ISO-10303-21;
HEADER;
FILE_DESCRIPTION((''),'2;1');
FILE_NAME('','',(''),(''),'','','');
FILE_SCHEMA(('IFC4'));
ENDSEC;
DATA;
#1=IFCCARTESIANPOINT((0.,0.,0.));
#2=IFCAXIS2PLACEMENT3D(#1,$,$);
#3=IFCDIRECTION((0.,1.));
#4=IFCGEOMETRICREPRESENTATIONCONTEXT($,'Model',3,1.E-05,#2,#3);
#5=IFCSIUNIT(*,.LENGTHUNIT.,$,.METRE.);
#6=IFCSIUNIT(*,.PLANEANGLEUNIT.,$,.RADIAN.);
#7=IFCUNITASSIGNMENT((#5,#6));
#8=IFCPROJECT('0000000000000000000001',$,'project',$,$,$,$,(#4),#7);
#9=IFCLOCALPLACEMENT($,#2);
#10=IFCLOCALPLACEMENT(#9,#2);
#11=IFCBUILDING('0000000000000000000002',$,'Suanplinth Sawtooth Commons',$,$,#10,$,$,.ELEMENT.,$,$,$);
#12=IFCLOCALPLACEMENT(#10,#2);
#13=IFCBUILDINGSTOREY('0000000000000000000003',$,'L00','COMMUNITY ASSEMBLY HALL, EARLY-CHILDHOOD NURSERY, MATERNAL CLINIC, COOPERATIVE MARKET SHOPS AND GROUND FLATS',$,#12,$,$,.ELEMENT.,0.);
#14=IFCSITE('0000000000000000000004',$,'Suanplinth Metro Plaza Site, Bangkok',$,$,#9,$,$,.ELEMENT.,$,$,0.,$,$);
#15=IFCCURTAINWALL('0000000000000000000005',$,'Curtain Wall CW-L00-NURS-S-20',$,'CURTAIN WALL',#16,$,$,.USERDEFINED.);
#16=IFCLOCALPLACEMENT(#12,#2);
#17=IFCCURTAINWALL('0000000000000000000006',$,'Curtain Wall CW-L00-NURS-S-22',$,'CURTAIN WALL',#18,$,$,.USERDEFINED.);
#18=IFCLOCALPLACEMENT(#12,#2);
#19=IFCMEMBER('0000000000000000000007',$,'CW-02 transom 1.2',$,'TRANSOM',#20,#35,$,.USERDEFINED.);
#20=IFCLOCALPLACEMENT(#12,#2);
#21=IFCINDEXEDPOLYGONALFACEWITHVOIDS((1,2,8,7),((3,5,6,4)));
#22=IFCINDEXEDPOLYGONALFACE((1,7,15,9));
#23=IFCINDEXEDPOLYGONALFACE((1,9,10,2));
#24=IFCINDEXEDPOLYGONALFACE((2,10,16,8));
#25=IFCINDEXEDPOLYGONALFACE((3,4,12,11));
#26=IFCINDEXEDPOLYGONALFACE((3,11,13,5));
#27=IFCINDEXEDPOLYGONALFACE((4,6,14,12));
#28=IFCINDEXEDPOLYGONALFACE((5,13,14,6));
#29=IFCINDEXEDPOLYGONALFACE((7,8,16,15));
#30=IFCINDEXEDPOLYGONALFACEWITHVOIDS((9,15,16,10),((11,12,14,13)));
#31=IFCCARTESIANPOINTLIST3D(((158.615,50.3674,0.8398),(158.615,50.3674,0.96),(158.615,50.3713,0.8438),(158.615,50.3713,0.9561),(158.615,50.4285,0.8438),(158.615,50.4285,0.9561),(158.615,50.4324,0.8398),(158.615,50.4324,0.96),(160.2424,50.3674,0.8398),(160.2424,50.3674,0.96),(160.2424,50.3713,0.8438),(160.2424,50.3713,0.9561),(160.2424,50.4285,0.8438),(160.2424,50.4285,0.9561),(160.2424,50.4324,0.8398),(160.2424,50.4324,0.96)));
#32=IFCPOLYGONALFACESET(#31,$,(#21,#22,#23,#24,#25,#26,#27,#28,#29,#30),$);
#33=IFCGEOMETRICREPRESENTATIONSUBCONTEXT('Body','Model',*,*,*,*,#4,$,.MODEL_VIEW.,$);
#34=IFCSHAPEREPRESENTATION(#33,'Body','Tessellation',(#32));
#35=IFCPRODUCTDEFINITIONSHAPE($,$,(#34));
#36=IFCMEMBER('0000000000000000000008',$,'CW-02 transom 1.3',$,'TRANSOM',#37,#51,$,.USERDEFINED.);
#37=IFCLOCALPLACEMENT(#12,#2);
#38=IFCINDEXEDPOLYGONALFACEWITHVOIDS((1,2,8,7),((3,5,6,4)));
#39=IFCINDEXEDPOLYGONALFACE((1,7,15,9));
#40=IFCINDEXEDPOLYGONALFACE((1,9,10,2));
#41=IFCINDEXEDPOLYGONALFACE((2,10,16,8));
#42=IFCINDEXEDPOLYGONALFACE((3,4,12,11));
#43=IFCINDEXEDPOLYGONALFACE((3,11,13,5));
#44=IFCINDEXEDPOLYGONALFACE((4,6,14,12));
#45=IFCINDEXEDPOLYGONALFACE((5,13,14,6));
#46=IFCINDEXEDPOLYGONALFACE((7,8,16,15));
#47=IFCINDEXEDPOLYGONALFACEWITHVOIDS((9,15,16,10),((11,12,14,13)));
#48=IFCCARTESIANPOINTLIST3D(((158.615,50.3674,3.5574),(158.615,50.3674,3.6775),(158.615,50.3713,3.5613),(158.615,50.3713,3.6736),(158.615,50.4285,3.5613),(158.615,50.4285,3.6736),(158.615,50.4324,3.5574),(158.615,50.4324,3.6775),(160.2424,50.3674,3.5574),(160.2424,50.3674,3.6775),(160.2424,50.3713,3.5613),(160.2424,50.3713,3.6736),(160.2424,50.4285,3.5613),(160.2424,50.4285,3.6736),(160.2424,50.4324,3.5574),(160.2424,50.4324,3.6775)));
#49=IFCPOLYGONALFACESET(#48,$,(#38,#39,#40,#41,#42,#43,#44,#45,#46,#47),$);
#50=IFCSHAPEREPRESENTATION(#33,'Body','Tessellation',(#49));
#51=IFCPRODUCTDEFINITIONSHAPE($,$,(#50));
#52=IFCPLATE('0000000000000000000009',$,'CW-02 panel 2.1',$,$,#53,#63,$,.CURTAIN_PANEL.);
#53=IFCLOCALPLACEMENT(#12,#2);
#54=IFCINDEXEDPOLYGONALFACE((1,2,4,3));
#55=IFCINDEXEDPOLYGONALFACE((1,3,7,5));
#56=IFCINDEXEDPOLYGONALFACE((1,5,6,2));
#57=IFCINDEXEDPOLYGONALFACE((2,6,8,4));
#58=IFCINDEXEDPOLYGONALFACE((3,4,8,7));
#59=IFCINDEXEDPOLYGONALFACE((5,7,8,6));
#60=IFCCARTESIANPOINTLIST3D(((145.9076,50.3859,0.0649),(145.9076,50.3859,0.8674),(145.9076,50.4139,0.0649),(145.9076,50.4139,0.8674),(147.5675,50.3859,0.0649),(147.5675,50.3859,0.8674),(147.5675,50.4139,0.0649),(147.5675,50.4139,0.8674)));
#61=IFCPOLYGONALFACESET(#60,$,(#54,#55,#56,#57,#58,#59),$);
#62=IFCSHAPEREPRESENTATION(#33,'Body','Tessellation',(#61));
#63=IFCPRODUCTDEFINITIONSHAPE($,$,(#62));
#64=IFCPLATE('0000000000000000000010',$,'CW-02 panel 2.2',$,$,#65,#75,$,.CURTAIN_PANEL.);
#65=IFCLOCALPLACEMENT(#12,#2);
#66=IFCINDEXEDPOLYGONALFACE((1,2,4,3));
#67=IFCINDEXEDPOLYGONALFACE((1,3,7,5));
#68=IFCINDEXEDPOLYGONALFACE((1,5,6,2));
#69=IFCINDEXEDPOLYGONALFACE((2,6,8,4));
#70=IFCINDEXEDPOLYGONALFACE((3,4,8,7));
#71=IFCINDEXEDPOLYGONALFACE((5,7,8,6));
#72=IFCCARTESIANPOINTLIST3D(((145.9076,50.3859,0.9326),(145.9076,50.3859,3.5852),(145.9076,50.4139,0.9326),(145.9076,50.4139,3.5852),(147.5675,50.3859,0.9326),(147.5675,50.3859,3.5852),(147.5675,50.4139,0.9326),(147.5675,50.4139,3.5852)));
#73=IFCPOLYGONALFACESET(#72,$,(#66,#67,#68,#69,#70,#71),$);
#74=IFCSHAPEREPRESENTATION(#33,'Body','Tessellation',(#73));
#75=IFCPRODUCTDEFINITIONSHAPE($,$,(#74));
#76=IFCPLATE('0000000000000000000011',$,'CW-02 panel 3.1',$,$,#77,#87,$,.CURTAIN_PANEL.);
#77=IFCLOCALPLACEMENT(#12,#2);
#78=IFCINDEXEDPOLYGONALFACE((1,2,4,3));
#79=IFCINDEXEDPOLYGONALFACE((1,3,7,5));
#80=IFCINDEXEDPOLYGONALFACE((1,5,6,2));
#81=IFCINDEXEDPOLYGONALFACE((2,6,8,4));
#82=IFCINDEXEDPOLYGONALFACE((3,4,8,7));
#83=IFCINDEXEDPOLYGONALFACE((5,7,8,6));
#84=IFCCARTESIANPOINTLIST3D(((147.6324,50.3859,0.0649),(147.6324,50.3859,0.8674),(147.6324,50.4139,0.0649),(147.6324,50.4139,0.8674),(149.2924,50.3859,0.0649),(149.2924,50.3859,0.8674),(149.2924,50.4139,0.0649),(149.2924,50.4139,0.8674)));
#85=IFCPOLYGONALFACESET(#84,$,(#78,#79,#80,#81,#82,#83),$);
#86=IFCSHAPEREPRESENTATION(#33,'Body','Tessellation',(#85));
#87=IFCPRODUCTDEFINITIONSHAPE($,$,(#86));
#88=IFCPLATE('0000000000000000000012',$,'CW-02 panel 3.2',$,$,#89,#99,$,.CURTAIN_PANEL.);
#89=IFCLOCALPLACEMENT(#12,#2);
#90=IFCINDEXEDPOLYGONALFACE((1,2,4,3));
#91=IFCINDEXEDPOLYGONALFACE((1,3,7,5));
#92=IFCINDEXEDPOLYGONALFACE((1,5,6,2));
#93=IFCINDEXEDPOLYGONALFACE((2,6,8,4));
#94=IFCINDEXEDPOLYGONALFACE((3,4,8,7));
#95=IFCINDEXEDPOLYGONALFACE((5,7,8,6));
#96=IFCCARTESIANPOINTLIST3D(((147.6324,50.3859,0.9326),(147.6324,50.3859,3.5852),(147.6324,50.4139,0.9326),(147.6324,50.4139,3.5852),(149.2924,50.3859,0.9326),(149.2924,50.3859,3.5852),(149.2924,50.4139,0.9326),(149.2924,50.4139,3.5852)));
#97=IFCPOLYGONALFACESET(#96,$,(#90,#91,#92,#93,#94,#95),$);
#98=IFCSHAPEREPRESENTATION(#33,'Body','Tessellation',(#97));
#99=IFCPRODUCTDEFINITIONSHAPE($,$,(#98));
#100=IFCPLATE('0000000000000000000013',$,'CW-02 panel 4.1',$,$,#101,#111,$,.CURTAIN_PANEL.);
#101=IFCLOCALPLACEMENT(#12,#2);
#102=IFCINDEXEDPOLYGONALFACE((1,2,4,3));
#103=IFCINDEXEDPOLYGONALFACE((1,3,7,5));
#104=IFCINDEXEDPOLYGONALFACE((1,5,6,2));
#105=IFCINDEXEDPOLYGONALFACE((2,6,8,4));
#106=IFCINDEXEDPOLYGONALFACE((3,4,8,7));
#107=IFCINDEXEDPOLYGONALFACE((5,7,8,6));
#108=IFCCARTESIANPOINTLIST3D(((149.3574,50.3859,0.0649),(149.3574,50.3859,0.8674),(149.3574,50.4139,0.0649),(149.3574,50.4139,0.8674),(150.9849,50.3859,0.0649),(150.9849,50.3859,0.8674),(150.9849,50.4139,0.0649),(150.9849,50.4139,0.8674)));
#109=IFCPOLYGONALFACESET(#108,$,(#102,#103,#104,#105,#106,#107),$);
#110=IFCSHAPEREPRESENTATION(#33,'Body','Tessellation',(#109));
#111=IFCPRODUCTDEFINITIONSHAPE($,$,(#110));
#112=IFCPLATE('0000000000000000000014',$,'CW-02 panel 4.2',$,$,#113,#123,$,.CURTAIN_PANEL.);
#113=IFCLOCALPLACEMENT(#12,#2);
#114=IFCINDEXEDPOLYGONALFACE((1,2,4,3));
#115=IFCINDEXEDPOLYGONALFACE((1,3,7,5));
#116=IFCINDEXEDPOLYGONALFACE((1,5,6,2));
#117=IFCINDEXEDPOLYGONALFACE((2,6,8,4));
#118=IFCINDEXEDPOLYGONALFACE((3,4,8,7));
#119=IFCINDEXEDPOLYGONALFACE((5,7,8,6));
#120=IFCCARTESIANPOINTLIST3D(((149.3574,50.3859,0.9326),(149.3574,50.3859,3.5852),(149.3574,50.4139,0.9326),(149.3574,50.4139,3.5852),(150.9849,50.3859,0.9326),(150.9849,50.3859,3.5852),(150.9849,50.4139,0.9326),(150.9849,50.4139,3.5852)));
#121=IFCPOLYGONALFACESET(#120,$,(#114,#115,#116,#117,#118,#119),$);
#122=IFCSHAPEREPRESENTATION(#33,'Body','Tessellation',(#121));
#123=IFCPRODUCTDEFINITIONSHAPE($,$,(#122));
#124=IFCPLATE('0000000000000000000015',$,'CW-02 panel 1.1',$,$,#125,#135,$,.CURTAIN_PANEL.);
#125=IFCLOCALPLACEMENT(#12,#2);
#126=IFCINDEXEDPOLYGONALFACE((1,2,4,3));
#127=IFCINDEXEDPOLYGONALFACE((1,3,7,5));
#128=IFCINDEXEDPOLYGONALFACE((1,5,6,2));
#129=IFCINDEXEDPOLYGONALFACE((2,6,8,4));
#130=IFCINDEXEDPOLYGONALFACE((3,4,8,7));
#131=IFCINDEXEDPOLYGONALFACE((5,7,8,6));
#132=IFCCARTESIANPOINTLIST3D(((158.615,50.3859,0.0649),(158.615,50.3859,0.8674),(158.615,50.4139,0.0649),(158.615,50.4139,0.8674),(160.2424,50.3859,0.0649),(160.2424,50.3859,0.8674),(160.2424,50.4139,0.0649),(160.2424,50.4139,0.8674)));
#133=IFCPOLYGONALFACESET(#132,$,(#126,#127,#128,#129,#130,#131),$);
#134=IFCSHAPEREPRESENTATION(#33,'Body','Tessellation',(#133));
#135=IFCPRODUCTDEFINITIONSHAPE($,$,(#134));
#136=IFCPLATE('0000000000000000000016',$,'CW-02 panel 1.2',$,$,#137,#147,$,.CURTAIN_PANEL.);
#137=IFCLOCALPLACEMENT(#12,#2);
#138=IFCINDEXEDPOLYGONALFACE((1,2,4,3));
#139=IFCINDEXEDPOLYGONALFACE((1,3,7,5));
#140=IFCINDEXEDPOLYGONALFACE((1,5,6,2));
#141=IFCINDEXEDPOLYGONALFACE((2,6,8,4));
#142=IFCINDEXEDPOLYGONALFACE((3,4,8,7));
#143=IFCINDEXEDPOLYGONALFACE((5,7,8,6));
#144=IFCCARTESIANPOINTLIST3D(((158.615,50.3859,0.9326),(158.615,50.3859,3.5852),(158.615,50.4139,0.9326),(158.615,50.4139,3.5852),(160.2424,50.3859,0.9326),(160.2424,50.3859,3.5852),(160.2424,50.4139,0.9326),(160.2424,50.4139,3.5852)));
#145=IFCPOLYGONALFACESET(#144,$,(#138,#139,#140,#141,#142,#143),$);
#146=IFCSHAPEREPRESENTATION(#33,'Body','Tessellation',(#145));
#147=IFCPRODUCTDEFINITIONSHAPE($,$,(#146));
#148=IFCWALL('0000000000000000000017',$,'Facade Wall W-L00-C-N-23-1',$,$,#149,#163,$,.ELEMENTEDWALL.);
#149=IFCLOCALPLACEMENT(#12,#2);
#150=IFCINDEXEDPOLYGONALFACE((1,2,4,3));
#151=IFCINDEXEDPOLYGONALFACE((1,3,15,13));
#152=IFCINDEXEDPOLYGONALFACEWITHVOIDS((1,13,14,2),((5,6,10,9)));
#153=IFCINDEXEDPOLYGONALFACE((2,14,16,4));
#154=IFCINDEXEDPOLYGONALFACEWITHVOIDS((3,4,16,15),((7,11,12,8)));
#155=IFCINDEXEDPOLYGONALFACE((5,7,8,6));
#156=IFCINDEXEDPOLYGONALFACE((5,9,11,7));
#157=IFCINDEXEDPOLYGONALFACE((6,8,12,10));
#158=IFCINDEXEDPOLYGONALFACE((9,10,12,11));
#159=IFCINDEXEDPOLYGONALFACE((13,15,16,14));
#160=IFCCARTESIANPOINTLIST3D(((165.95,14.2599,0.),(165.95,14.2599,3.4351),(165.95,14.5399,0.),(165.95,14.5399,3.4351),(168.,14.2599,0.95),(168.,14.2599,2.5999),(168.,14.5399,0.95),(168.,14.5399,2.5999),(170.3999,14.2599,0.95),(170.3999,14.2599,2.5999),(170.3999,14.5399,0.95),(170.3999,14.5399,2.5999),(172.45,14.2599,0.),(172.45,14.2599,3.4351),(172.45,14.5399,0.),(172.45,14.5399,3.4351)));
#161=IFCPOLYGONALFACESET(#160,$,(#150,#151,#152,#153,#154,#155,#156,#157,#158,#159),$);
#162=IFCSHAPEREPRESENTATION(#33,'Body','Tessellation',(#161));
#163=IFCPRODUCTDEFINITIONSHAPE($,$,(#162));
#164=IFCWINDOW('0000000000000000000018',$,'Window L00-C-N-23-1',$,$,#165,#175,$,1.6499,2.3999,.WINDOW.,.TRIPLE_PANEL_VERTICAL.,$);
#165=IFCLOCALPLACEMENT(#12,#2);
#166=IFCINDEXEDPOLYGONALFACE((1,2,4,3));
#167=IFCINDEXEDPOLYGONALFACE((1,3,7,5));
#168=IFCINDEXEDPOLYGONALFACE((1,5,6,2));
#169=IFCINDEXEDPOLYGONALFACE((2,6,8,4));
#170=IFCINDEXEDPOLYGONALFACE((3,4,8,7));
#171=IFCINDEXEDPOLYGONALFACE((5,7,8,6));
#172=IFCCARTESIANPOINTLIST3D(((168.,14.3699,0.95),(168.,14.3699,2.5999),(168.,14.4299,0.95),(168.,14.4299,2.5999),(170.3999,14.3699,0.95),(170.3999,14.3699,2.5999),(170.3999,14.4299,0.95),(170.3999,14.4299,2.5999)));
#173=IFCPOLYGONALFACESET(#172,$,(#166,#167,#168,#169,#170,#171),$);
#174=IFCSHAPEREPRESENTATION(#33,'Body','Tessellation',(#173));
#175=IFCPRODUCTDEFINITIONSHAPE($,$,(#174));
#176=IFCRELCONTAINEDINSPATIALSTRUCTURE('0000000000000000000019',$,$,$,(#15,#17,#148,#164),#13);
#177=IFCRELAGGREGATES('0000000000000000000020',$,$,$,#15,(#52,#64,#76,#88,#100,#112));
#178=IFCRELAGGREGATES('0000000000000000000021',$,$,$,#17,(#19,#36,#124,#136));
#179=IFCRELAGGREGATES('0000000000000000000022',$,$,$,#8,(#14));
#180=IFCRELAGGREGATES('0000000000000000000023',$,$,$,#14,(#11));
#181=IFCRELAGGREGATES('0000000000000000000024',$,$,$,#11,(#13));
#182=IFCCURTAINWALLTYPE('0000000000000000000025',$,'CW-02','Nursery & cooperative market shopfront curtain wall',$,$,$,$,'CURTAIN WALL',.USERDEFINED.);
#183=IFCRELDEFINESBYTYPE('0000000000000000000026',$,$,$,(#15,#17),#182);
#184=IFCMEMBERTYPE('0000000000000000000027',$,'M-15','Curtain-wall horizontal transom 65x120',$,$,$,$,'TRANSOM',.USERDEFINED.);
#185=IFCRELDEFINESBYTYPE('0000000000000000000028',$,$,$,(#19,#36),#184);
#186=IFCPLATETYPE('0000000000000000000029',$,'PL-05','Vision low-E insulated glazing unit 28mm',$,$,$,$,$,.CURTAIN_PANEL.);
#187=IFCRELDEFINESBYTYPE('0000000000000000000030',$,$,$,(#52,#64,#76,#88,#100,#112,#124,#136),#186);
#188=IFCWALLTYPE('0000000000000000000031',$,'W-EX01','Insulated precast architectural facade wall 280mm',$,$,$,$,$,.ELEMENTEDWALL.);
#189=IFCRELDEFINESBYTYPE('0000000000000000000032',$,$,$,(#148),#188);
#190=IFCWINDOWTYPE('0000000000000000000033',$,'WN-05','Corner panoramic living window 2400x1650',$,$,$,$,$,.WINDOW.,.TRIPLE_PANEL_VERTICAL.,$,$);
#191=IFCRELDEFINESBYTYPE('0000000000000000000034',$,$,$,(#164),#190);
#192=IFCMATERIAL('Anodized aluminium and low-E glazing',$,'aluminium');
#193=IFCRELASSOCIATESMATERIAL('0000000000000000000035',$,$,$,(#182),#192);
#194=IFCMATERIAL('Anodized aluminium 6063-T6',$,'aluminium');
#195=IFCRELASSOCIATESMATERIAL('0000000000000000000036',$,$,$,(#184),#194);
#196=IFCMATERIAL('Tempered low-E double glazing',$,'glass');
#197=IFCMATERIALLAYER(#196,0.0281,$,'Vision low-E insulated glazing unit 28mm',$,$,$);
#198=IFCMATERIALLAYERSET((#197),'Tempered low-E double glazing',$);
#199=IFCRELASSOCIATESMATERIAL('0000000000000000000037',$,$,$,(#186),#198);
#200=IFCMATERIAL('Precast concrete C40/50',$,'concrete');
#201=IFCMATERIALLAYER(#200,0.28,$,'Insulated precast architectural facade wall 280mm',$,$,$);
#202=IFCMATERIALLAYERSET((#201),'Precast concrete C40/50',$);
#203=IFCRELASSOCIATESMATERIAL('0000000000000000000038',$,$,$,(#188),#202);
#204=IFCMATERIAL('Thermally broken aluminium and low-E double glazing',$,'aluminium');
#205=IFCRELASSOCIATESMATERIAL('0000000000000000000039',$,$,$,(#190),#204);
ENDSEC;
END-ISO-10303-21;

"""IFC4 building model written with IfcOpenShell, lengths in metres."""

from ifc_helpers import new_model, si_unit, direction, frame, frame_2d, origin, origin_2d, place, context, subcontext, project, spatial, rectangle, hollow_rectangle, extrude, material, layer, layer_set, material_profile, profile_set, type_object, element, fill, aggregate, save


model = new_model("IFC4")

# Units and contexts
model_context = context("Model", 3, precision=1e-05, world=origin(), true_north=direction((0.0, 1.0)))
body_context = subcontext(model_context, "Body", "Model", "MODEL_VIEW")
ifc_project = project(units=[si_unit("LENGTHUNIT", "METRE"), si_unit("PLANEANGLEUNIT", "RADIAN")], contexts=[model_context])

# Site, building, storey
site_placement = place(None, origin())
site = spatial("IfcSite", under=ifc_project, at=site_placement, Name="Suanplinth Metro Plaza Site, Bangkok", CompositionType="ELEMENT", RefElevation=0.0)
building_placement = place(site_placement, origin())
building = spatial("IfcBuilding", under=site, at=building_placement, Name="Suanplinth Sawtooth Commons", CompositionType="ELEMENT")
storey_placement = place(building_placement, origin())
storey = spatial("IfcBuildingStorey", under=building, at=storey_placement, Name="L00", Description="COMMUNITY ASSEMBLY HALL, EARLY-CHILDHOOD NURSERY, MATERNAL CLINIC, COOPERATIVE MARKET SHOPS AND GROUND FLATS", CompositionType="ELEMENT", Elevation=0.0)

# Shared definitions
ifc_material_1 = material(Name="Precast concrete C40/50", Category="concrete")

# Curtain wall
ifc_material_2 = material(Name="Anodized aluminium and low-E glazing", Category="aluminium")
curtain_wall_type = type_object("IfcCurtainWallType", Name="CW-02", Description="Nursery & cooperative market shopfront curtain wall", ElementType="CURTAIN WALL", PredefinedType="USERDEFINED", material=ifc_material_2)
curtain_wall_1_placement = place(storey_placement, origin())
curtain_wall_1 = element("IfcCurtainWall", 1, at=curtain_wall_1_placement, inside=storey, type_object=curtain_wall_type, Name="Curtain Wall CW-L00-NURS-S-20", ObjectType="CURTAIN WALL", PredefinedType="USERDEFINED")
ifc_material_3 = material(Name="Anodized aluminium 6063-T6", Category="aluminium")

# Curtain wall
curtain_wall_2_placement = place(storey_placement, origin())
curtain_wall_2 = element("IfcCurtainWall", 2, at=curtain_wall_2_placement, inside=storey, type_object=curtain_wall_type, Name="Curtain Wall CW-L00-NURS-S-22", ObjectType="CURTAIN WALL", PredefinedType="USERDEFINED")

# Members
ifc_material_profile_1 = material_profile(ifc_material_3, hollow_rectangle(XDim=0.0649, YDim=0.1201, WallThickness=0.0039, at=origin_2d()), Name="ALU-TRN 65x120")
ifc_profile_set_1 = profile_set([ifc_material_profile_1], Name="Anodized aluminium 6063-T6")
member_type_1 = type_object("IfcMemberType", Name="M-15", Description="Curtain-wall horizontal transom 65x120", ElementType="TRANSOM", PredefinedType="USERDEFINED", material=ifc_profile_set_1)
member_1_placement = place(storey_placement, frame((158.615, 50.3999, 0.8999), z_axis=(1.0, 0.0, 0.0), x_axis=(0.0, 1.0, 0.0)))
member_1 = element("IfcMember", 3, at=member_1_placement, type_object=member_type_1, Name="CW-02 transom 1.2", ObjectType="TRANSOM", PredefinedType="USERDEFINED", context=body_context, shape_type="SweptSolid", body=[
    extrude(hollow_rectangle(XDim=0.0649, YDim=0.1201, WallThickness=0.0039, at=origin_2d()), origin(), (0.0, 0.0, 1.0), 1.6274),
])
member_2_placement = place(storey_placement, frame((158.615, 50.3999, 3.6174), z_axis=(1.0, 0.0, 0.0), x_axis=(0.0, 1.0, 0.0)))
member_2 = element("IfcMember", 4, at=member_2_placement, type_object=member_type_1, Name="CW-02 transom 1.3", ObjectType="TRANSOM", PredefinedType="USERDEFINED", context=body_context, shape_type="SweptSolid", body=[
    extrude(hollow_rectangle(XDim=0.0649, YDim=0.1201, WallThickness=0.0039, at=origin_2d()), origin(), (0.0, 0.0, 1.0), 1.6274),
])

# Plates
ifc_material_4 = material(Name="Tempered low-E double glazing", Category="glass")
ifc_layer_1 = layer(ifc_material_4, 0.0281, Name="Vision low-E insulated glazing unit 28mm")
ifc_layer_set_1 = layer_set([ifc_layer_1], Name="Tempered low-E double glazing")
plate_type = type_object("IfcPlateType", Name="PL-05", Description="Vision low-E insulated glazing unit 28mm", PredefinedType="CURTAIN_PANEL", material=ifc_layer_set_1)
plate_1_placement = place(storey_placement, frame((146.7375, 50.3999, 0.0649), z_axis=(0.0, 0.0, 1.0), x_axis=(1.0, 0.0, 0.0)))
plate_1 = element("IfcPlate", 5, at=plate_1_placement, type_object=plate_type, Name="CW-02 panel 2.1", PredefinedType="CURTAIN_PANEL", context=body_context, shape_type="SweptSolid", body=[
    extrude(rectangle(XDim=1.6599, YDim=0.0281, at=origin_2d()), origin(), (0.0, 0.0, 1.0), 0.8025),
])
plate_2_placement = place(storey_placement, frame((146.7375, 50.3999, 0.9326), z_axis=(0.0, 0.0, 1.0), x_axis=(1.0, 0.0, 0.0)))
plate_2 = element("IfcPlate", 6, at=plate_2_placement, type_object=plate_type, Name="CW-02 panel 2.2", PredefinedType="CURTAIN_PANEL", context=body_context, shape_type="SweptSolid", body=[
    extrude(rectangle(XDim=1.6599, YDim=0.0281, at=origin_2d()), origin(), (0.0, 0.0, 1.0), 2.6526),
])
plate_3_placement = place(storey_placement, frame((148.4624, 50.3999, 0.0649), z_axis=(0.0, 0.0, 1.0), x_axis=(1.0, 0.0, 0.0)))
plate_3 = element("IfcPlate", 7, at=plate_3_placement, type_object=plate_type, Name="CW-02 panel 3.1", PredefinedType="CURTAIN_PANEL", context=body_context, shape_type="SweptSolid", body=[
    extrude(rectangle(XDim=1.6599, YDim=0.0281, at=origin_2d()), origin(), (0.0, 0.0, 1.0), 0.8025),
])
plate_4_placement = place(storey_placement, frame((148.4624, 50.3999, 0.9326), z_axis=(0.0, 0.0, 1.0), x_axis=(1.0, 0.0, 0.0)))
plate_4 = element("IfcPlate", 8, at=plate_4_placement, type_object=plate_type, Name="CW-02 panel 3.2", PredefinedType="CURTAIN_PANEL", context=body_context, shape_type="SweptSolid", body=[
    extrude(rectangle(XDim=1.6599, YDim=0.0281, at=origin_2d()), origin(), (0.0, 0.0, 1.0), 2.6526),
])
plate_5_placement = place(storey_placement, frame((150.1711, 50.3999, 0.0649), z_axis=(0.0, 0.0, 1.0), x_axis=(1.0, 0.0, 0.0)))
plate_5 = element("IfcPlate", 9, at=plate_5_placement, type_object=plate_type, Name="CW-02 panel 4.1", PredefinedType="CURTAIN_PANEL", context=body_context, shape_type="SweptSolid", body=[
    extrude(rectangle(XDim=1.6274, YDim=0.0281, at=origin_2d()), origin(), (0.0, 0.0, 1.0), 0.8025),
])
plate_6_placement = place(storey_placement, frame((150.1711, 50.3999, 0.9326), z_axis=(0.0, 0.0, 1.0), x_axis=(1.0, 0.0, 0.0)))
plate_6 = element("IfcPlate", 10, at=plate_6_placement, type_object=plate_type, Name="CW-02 panel 4.2", PredefinedType="CURTAIN_PANEL", context=body_context, shape_type="SweptSolid", body=[
    extrude(rectangle(XDim=1.6274, YDim=0.0281, at=origin_2d()), origin(), (0.0, 0.0, 1.0), 2.6526),
])
aggregate(curtain_wall_1, [plate_1, plate_2, plate_3, plate_4, plate_5, plate_6])
plate_7_placement = place(storey_placement, frame((159.4287, 50.3999, 0.0649), z_axis=(0.0, 0.0, 1.0), x_axis=(1.0, 0.0, 0.0)))
plate_7 = element("IfcPlate", 11, at=plate_7_placement, type_object=plate_type, Name="CW-02 panel 1.1", PredefinedType="CURTAIN_PANEL", context=body_context, shape_type="SweptSolid", body=[
    extrude(rectangle(XDim=1.6274, YDim=0.0281, at=origin_2d()), origin(), (0.0, 0.0, 1.0), 0.8025),
])
plate_8_placement = place(storey_placement, frame((159.4287, 50.3999, 0.9326), z_axis=(0.0, 0.0, 1.0), x_axis=(1.0, 0.0, 0.0)))
plate_8 = element("IfcPlate", 12, at=plate_8_placement, type_object=plate_type, Name="CW-02 panel 1.2", PredefinedType="CURTAIN_PANEL", context=body_context, shape_type="SweptSolid", body=[
    extrude(rectangle(XDim=1.6274, YDim=0.0281, at=origin_2d()), origin(), (0.0, 0.0, 1.0), 2.6526),
])
aggregate(curtain_wall_2, [member_1, member_2, plate_7, plate_8])

# Wall, opening, window
ifc_layer_2 = layer(ifc_material_1, 0.28, Name="Insulated precast architectural facade wall 280mm")
ifc_layer_set_2 = layer_set([ifc_layer_2], Name="Precast concrete C40/50")
wall_type_1 = type_object("IfcWallType", Name="W-EX01", Description="Insulated precast architectural facade wall 280mm", PredefinedType="ELEMENTEDWALL", material=ifc_layer_set_2)
wall_1_placement = place(storey_placement, frame((165.95, 14.3999, 0.0), z_axis=(0.0, 0.0, 1.0), x_axis=(1.0, 0.0, 0.0)))
wall_1 = element("IfcWall", 13, at=wall_1_placement, inside=storey, type_object=wall_type_1, Name="Facade Wall W-L00-C-N-23-1", PredefinedType="ELEMENTEDWALL", context=body_context, shape_type="SweptSolid", body=[
    extrude(rectangle(XDim=6.5, YDim=0.28, at=frame_2d((3.25, 0.0))), origin(), (0.0, 0.0, 1.0), 3.4351),
])
opening_1_placement = place(wall_1_placement, frame((2.05, 0.0, 0.95)))
opening_1 = element("IfcOpeningElement", 14, at=opening_1_placement, cuts=wall_1, PredefinedType="OPENING", context=body_context, shape_type="SweptSolid", body=[
    extrude(rectangle(XDim=2.3999, YDim=1.6499, at=frame_2d((1.2, 0.825))), frame((0.0, 0.1548, 0.0), z_axis=(0.0, -1.0, 0.0), x_axis=(1.0, 0.0, 0.0)), (0.0, 0.0, 1.0), 0.3098),
])
ifc_material_5 = material(Name="Thermally broken aluminium and low-E double glazing", Category="aluminium")
window_type = type_object("IfcWindowType", Name="WN-05", Description="Corner panoramic living window 2400x1650", PartitioningType="TRIPLE_PANEL_VERTICAL", PredefinedType="WINDOW", material=ifc_material_5)
window_placement = place(opening_1_placement, origin())
window = element("IfcWindow", 15, at=window_placement, inside=storey, type_object=window_type, Name="Window L00-C-N-23-1", OverallHeight=1.6499, OverallWidth=2.3999, PartitioningType="TRIPLE_PANEL_VERTICAL", PredefinedType="WINDOW", context=body_context, shape_type="SweptSolid", body=[
    extrude(rectangle(XDim=2.3999, YDim=1.6499, at=frame_2d((1.2, 0.825))), frame((0.0, 0.03, 0.0), z_axis=(0.0, -1.0, 0.0), x_axis=(1.0, 0.0, 0.0)), (0.0, 0.0, 1.0), 0.0601),
])
fill(opening_1, window)

save(model, "model.ifc")
